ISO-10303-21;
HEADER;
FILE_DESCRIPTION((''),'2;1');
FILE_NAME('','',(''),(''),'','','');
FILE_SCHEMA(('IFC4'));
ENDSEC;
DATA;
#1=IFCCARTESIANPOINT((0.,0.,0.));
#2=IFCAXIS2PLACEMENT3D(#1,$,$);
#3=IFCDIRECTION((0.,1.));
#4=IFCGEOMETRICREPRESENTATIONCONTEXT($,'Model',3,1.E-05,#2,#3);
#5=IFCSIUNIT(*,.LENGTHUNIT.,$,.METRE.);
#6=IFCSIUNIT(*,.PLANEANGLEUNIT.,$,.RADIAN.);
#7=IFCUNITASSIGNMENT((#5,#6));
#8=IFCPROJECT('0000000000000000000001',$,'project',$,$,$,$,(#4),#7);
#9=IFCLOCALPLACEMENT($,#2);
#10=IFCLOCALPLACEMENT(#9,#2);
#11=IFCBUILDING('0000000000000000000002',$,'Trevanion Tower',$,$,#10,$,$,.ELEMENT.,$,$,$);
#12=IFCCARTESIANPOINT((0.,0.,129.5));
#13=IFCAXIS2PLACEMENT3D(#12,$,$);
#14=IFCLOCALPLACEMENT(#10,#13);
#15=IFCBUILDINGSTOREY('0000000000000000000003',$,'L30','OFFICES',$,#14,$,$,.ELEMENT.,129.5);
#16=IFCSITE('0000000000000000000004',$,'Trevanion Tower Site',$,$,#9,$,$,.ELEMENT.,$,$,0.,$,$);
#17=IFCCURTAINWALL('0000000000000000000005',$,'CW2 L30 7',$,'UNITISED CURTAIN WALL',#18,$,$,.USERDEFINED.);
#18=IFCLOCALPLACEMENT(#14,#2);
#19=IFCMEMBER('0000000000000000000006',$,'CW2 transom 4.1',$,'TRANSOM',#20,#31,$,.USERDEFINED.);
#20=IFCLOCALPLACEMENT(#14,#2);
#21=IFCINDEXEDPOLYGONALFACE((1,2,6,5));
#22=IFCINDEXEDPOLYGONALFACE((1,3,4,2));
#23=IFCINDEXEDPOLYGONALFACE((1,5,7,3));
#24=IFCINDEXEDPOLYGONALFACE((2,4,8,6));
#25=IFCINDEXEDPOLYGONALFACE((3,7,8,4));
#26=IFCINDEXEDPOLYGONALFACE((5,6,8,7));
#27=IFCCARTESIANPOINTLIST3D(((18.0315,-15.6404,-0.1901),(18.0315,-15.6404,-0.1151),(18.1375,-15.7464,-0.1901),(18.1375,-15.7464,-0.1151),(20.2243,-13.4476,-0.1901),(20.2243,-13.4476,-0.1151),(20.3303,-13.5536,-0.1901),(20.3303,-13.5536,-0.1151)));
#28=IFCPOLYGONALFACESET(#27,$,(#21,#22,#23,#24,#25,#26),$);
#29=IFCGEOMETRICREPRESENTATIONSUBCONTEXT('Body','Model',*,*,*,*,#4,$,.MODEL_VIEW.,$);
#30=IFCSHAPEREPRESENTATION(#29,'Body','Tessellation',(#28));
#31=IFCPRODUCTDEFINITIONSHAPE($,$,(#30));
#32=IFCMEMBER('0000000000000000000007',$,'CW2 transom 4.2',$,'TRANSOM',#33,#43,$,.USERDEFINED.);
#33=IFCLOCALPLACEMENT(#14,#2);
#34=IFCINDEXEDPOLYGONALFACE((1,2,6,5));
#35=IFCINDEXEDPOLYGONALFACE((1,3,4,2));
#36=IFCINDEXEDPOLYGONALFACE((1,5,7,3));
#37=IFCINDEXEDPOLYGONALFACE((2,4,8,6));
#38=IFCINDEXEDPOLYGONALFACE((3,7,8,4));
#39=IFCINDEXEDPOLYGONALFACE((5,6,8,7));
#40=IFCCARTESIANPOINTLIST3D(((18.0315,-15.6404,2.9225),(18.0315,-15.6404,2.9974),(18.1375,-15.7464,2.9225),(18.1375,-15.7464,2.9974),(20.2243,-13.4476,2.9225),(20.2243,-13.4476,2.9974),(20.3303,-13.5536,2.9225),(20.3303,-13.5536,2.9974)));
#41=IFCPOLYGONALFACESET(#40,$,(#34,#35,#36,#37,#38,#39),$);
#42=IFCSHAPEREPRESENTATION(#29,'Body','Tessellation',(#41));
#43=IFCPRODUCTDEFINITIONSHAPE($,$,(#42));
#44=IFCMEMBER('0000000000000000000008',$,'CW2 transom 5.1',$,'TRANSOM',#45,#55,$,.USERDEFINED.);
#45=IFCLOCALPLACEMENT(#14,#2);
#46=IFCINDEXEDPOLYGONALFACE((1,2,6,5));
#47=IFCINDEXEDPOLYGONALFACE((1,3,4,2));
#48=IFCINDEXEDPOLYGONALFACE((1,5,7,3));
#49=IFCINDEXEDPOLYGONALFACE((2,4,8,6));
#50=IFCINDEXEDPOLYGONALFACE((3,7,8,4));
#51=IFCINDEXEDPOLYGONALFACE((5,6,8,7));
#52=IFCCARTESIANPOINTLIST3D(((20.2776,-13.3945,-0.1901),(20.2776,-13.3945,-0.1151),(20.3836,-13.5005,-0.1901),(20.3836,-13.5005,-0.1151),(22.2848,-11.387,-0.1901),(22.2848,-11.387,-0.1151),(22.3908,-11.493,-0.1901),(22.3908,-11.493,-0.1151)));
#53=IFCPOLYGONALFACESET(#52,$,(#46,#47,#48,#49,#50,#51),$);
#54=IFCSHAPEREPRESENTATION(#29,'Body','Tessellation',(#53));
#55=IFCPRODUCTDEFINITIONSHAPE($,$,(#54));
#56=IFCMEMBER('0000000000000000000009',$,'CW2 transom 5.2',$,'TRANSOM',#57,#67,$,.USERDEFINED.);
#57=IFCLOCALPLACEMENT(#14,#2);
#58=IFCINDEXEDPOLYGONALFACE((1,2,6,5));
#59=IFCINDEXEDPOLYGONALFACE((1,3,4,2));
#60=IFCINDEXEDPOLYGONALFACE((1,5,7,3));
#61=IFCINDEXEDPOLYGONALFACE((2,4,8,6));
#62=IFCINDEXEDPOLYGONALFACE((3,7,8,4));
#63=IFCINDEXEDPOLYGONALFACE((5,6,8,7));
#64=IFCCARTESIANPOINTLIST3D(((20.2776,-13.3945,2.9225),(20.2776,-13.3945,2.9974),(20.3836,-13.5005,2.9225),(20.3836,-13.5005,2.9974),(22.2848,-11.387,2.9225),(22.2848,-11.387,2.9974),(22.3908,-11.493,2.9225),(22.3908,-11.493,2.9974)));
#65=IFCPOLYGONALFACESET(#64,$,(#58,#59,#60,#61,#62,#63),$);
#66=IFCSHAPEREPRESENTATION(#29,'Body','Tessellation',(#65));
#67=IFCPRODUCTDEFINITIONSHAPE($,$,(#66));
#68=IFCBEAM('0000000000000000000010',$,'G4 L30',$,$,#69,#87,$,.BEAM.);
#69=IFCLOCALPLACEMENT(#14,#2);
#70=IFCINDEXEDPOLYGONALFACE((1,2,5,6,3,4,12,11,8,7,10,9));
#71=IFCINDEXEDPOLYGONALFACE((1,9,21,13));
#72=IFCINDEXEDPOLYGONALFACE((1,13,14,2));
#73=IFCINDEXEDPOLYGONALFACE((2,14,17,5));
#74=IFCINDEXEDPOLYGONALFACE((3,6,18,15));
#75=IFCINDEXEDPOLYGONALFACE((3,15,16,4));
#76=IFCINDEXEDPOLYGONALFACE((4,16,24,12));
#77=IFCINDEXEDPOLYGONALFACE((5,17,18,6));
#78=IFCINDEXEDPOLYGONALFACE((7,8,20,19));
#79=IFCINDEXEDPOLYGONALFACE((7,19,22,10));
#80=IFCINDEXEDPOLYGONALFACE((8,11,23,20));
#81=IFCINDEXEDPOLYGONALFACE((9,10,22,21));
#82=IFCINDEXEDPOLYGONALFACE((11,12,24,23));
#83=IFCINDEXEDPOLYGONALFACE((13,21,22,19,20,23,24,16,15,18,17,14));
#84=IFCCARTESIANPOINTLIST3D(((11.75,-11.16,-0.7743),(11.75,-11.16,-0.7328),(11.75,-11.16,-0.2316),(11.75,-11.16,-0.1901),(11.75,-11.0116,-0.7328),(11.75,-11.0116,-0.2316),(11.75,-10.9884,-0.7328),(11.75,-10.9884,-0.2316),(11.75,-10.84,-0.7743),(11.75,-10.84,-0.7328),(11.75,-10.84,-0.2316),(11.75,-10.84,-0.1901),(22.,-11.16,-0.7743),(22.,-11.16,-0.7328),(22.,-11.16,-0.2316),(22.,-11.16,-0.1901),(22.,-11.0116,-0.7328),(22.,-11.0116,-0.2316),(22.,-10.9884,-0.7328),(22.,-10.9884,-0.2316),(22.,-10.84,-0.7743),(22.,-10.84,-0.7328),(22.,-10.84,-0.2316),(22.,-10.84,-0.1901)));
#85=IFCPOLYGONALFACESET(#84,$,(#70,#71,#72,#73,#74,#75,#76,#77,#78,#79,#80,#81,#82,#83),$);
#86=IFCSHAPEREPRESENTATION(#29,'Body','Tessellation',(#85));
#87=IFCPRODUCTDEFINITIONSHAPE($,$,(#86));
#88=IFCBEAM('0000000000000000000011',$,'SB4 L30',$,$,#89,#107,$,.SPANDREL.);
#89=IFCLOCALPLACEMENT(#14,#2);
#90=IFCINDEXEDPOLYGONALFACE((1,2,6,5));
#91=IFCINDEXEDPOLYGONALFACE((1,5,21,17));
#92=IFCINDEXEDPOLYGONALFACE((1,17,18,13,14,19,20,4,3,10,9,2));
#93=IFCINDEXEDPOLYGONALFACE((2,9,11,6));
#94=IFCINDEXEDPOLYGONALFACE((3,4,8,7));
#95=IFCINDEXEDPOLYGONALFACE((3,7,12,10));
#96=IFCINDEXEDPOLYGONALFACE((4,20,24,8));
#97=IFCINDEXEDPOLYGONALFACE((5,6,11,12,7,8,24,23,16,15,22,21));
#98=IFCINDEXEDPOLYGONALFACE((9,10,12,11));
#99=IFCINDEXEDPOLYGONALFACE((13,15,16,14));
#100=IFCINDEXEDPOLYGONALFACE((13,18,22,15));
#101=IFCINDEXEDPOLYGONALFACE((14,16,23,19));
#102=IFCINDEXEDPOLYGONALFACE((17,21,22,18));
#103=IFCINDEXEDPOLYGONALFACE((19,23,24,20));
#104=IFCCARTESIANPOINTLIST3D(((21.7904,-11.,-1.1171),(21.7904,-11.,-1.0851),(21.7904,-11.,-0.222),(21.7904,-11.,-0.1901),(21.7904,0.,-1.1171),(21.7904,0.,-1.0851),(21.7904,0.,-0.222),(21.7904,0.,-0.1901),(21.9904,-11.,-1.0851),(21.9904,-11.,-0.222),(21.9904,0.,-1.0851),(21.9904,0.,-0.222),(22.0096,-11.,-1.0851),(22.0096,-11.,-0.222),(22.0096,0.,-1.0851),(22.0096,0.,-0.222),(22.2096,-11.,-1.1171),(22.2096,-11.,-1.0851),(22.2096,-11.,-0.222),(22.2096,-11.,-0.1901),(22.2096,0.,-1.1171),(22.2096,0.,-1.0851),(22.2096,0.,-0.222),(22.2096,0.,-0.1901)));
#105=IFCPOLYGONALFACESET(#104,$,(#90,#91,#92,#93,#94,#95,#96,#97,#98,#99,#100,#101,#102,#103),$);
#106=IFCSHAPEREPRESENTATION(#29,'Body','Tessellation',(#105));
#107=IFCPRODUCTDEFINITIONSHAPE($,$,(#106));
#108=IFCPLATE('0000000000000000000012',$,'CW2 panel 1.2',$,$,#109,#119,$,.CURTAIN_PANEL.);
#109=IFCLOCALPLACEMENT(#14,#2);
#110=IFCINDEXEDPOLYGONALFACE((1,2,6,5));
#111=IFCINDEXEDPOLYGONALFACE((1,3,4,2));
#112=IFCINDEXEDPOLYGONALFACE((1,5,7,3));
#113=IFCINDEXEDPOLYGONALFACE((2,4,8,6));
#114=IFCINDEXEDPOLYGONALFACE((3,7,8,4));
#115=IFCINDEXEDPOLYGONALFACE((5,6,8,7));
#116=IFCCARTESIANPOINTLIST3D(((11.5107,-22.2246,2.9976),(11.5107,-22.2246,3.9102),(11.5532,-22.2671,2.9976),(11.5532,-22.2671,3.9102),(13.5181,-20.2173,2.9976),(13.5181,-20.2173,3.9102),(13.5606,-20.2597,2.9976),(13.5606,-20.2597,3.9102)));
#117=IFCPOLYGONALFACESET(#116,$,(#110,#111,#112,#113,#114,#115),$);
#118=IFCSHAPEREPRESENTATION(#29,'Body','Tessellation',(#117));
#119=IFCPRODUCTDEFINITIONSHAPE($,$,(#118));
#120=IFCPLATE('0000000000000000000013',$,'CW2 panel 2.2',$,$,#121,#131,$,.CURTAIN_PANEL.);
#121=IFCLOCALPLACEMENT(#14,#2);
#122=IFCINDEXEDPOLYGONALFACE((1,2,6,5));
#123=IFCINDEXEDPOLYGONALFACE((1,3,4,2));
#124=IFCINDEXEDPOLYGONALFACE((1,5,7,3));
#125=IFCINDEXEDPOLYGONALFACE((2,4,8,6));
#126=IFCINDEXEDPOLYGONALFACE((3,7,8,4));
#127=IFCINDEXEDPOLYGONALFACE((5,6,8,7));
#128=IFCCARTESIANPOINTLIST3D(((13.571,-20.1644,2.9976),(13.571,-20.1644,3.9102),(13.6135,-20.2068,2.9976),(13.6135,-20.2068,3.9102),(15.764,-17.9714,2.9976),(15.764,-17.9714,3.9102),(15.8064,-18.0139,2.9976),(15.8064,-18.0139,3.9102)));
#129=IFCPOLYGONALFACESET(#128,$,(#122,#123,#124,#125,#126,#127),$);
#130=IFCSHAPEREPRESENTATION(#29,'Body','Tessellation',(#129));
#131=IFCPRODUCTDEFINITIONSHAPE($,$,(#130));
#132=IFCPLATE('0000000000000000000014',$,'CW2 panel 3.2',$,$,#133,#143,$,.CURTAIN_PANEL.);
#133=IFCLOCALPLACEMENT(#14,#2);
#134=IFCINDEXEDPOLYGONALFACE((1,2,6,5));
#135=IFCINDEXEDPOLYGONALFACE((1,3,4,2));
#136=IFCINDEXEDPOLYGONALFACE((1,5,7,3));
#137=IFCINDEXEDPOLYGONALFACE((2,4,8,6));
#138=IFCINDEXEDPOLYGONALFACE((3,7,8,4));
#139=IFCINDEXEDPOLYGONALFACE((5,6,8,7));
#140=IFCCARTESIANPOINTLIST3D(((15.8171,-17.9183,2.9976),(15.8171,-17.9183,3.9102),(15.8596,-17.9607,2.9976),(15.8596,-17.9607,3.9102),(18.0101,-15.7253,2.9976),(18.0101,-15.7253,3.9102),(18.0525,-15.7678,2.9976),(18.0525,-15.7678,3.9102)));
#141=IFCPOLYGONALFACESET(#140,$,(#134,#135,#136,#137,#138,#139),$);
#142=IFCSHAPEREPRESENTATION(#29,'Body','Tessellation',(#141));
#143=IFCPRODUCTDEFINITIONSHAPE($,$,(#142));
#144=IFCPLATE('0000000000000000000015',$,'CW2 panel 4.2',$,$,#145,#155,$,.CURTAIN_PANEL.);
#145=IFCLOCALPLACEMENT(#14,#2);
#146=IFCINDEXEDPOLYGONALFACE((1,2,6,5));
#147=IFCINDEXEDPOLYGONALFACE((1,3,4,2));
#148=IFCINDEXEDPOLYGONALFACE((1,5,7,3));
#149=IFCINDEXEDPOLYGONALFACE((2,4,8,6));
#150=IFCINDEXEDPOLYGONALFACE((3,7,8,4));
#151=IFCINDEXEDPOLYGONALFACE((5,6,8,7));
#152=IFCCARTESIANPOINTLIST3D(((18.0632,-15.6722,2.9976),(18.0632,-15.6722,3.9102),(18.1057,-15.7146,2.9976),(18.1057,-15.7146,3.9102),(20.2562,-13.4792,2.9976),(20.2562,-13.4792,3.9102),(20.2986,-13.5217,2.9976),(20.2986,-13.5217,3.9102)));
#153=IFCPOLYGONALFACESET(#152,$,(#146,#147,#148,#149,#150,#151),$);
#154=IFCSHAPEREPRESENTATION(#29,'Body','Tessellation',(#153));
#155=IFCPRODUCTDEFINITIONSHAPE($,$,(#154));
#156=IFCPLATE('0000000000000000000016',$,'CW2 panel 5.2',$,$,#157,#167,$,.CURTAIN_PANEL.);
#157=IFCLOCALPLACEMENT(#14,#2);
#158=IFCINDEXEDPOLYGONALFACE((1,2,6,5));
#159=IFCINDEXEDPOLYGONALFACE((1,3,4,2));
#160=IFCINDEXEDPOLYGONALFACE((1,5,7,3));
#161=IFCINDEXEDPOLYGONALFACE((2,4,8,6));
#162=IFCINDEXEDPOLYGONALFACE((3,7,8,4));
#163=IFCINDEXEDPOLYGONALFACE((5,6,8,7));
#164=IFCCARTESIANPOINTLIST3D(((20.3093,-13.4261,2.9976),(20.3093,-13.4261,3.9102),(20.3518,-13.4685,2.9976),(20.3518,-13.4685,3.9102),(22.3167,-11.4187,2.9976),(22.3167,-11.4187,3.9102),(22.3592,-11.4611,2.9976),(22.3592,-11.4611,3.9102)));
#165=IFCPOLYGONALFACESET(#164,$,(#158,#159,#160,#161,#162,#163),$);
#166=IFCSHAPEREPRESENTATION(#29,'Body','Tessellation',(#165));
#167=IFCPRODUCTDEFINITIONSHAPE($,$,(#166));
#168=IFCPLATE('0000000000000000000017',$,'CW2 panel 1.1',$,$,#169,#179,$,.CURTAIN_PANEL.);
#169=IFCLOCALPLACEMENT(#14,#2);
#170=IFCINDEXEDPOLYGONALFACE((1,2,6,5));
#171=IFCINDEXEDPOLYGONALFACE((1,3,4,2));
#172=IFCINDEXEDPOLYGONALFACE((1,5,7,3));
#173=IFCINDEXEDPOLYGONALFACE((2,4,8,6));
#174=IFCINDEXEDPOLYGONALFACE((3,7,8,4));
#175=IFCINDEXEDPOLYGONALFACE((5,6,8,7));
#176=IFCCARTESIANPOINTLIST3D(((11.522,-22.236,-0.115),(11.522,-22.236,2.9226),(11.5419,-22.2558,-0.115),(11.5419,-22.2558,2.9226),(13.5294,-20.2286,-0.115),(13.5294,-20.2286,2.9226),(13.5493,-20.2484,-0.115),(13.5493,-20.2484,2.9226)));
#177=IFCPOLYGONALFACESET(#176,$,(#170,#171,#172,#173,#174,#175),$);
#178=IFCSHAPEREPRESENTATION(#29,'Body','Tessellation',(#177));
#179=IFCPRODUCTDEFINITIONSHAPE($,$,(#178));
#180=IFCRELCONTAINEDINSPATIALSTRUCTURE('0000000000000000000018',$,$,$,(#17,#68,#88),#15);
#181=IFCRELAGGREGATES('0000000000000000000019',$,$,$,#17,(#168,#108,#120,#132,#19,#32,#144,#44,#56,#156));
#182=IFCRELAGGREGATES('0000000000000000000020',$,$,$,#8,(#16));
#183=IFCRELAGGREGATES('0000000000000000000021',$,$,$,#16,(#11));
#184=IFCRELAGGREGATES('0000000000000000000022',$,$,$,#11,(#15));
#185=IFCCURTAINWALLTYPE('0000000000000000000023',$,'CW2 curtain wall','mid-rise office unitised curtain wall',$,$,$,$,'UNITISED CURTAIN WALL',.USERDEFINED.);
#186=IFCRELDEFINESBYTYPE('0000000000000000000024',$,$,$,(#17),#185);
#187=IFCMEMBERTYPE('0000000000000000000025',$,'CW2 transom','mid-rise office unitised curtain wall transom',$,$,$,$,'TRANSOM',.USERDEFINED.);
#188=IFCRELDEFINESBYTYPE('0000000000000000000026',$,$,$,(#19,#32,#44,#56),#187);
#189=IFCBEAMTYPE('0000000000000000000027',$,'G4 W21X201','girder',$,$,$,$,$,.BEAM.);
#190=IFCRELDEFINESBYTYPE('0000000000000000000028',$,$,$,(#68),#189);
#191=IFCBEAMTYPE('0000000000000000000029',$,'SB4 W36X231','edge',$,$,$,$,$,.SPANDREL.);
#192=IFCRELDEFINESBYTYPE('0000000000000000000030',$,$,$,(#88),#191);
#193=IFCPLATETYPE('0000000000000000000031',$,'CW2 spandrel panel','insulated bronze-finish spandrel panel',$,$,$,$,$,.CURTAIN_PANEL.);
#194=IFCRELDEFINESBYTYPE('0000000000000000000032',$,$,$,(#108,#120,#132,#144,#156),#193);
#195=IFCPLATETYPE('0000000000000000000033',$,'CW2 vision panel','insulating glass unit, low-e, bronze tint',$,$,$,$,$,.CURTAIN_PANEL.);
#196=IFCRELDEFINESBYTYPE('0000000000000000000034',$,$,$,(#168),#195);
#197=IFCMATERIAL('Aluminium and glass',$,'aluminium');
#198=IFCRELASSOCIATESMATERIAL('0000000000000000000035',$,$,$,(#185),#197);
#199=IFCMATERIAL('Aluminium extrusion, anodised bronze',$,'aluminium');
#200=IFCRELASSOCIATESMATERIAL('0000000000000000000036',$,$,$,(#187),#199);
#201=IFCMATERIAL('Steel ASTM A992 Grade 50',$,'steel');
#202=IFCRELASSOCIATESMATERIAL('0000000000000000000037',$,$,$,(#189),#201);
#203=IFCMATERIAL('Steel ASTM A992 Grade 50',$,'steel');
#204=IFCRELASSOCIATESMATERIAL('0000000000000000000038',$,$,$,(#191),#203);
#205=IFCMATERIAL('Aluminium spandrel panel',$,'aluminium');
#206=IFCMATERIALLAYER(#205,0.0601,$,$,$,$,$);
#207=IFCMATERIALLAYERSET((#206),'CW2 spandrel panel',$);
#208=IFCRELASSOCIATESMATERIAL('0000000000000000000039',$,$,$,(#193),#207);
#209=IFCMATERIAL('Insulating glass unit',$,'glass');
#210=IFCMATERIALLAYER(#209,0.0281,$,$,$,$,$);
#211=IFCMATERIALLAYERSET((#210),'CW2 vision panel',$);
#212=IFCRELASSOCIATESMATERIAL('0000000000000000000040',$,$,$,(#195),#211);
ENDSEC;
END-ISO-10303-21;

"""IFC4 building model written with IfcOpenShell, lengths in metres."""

from ifc_helpers import new_model, si_unit, direction, frame, origin, origin_2d, place, context, subcontext, project, spatial, rectangle, i_section, extrude, material, layer, layer_set, material_profile, profile_set, type_object, element, aggregate, save


model = new_model("IFC4")

# Units and contexts
model_context = context("Model", 3, precision=1e-05, world=origin(), true_north=direction((0.0, 1.0)))
body_context = subcontext(model_context, "Body", "Model", "MODEL_VIEW")
ifc_project = project(units=[si_unit("LENGTHUNIT", "METRE"), si_unit("PLANEANGLEUNIT", "RADIAN")], contexts=[model_context])

# Site, building, storey
site_placement = place(None, origin())
site = spatial("IfcSite", under=ifc_project, at=site_placement, Name="Trevanion Tower Site", CompositionType="ELEMENT", RefElevation=0.0)
building_placement = place(site_placement, origin())
building = spatial("IfcBuilding", under=site, at=building_placement, Name="Trevanion Tower", CompositionType="ELEMENT")
storey_placement = place(building_placement, frame((0.0, 0.0, 129.5)))
storey = spatial("IfcBuildingStorey", under=building, at=storey_placement, Name="L30", Description="OFFICES", CompositionType="ELEMENT", Elevation=129.5)

# Curtain wall, members
ifc_material_1 = material(Name="Aluminium and glass", Category="aluminium")
curtain_wall_type = type_object("IfcCurtainWallType", Name="CW2 curtain wall", Description="mid-rise office unitised curtain wall", ElementType="UNITISED CURTAIN WALL", PredefinedType="USERDEFINED", material=ifc_material_1)
curtain_wall_placement = place(storey_placement, origin())
curtain_wall = element("IfcCurtainWall", 1, at=curtain_wall_placement, inside=storey, type_object=curtain_wall_type, Name="CW2 L30 7", ObjectType="UNITISED CURTAIN WALL", PredefinedType="USERDEFINED")
ifc_material_2 = material(Name="Aluminium extrusion, anodised bronze", Category="aluminium")
ifc_material_profile_1 = material_profile(ifc_material_2, rectangle(XDim=0.1499, YDim=0.075, at=origin_2d()), Name="CW2 transom")
ifc_profile_set_1 = profile_set([ifc_material_profile_1], Name="Aluminium extrusion, anodised bronze")
member_type_1 = type_object("IfcMemberType", Name="CW2 transom", Description="mid-rise office unitised curtain wall transom", ElementType="TRANSOM", PredefinedType="USERDEFINED", material=ifc_profile_set_1)
member_1_placement = place(storey_placement, frame((18.0845, -15.6934, -0.1526), z_axis=(0.707107, 0.707107, 0.0), x_axis=(-0.707107, 0.707107, 0.0)))
member_1 = element("IfcMember", 2, at=member_1_placement, type_object=member_type_1, Name="CW2 transom 4.1", ObjectType="TRANSOM", PredefinedType="USERDEFINED", context=body_context, shape_type="SweptSolid", body=[
    extrude(rectangle(XDim=0.1499, YDim=0.075, at=origin_2d()), origin(), (0.0, 0.0, 1.0), 3.1011),
])
member_2_placement = place(storey_placement, frame((18.0845, -15.6934, 2.96), z_axis=(0.707107, 0.707107, 0.0), x_axis=(-0.707107, 0.707107, 0.0)))
member_2 = element("IfcMember", 3, at=member_2_placement, type_object=member_type_1, Name="CW2 transom 4.2", ObjectType="TRANSOM", PredefinedType="USERDEFINED", context=body_context, shape_type="SweptSolid", body=[
    extrude(rectangle(XDim=0.1499, YDim=0.075, at=origin_2d()), origin(), (0.0, 0.0, 1.0), 3.1011),
])
member_3_placement = place(storey_placement, frame((20.3306, -13.4475, -0.1526), z_axis=(0.707064, 0.70715, 0.0), x_axis=(-0.70715, 0.707064, 0.0)))
member_3 = element("IfcMember", 4, at=member_3_placement, type_object=member_type_1, Name="CW2 transom 5.1", ObjectType="TRANSOM", PredefinedType="USERDEFINED", context=body_context, shape_type="SweptSolid", body=[
    extrude(rectangle(XDim=0.1499, YDim=0.075, at=origin_2d()), origin(), (0.0, 0.0, 1.0), 2.8389),
])
member_4_placement = place(storey_placement, frame((20.3306, -13.4475, 2.96), z_axis=(0.707064, 0.70715, 0.0), x_axis=(-0.70715, 0.707064, 0.0)))
member_4 = element("IfcMember", 5, at=member_4_placement, type_object=member_type_1, Name="CW2 transom 5.2", ObjectType="TRANSOM", PredefinedType="USERDEFINED", context=body_context, shape_type="SweptSolid", body=[
    extrude(rectangle(XDim=0.1499, YDim=0.075, at=origin_2d()), origin(), (0.0, 0.0, 1.0), 2.8389),
])

# Beams
ifc_material_3 = material(Name="Steel ASTM A992 Grade 50", Category="steel")
ifc_material_profile_2 = material_profile(ifc_material_3, i_section(OverallWidth=0.3201, OverallDepth=0.5842, WebThickness=0.0232, FlangeThickness=0.0415, at=origin_2d()), Name="W21X201")
ifc_profile_set_2 = profile_set([ifc_material_profile_2], Name="Steel ASTM A992 Grade 50")
beam_type_1 = type_object("IfcBeamType", Name="G4 W21X201", Description="girder", PredefinedType="BEAM", material=ifc_profile_set_2)
beam_1_placement = place(storey_placement, frame((11.75, -11.0, -0.4822), z_axis=(1.0, 0.0, 0.0), x_axis=(0.0, 1.0, 0.0)))
element("IfcBeam", 6, at=beam_1_placement, inside=storey, type_object=beam_type_1, Name="G4 L30", PredefinedType="BEAM", context=body_context, shape_type="SweptSolid", body=[
    extrude(i_section(OverallWidth=0.3201, OverallDepth=0.5842, WebThickness=0.0232, FlangeThickness=0.0415, at=origin_2d()), origin(), (0.0, 0.0, 1.0), 10.25),
])
ifc_material_4 = material(Name="Steel ASTM A992 Grade 50", Category="steel")
ifc_material_profile_3 = material_profile(ifc_material_4, i_section(OverallWidth=0.4192, OverallDepth=0.927, WebThickness=0.0193, FlangeThickness=0.032, at=origin_2d()), Name="W36X231")
ifc_profile_set_3 = profile_set([ifc_material_profile_3], Name="Steel ASTM A992 Grade 50")
beam_type_2 = type_object("IfcBeamType", Name="SB4 W36X231", Description="edge", PredefinedType="SPANDREL", material=ifc_profile_set_3)
beam_2_placement = place(storey_placement, frame((22.0, -11.0, -0.6536), z_axis=(0.0, 1.0, 0.0), x_axis=(-1.0, 0.0, 0.0)))
element("IfcBeam", 7, at=beam_2_placement, inside=storey, type_object=beam_type_2, Name="SB4 L30", PredefinedType="SPANDREL", context=body_context, shape_type="SweptSolid", body=[
    extrude(i_section(OverallWidth=0.4192, OverallDepth=0.927, WebThickness=0.0193, FlangeThickness=0.032, at=origin_2d()), origin(), (0.0, 0.0, 1.0), 11.0),
])

# Plates
ifc_material_5 = material(Name="Aluminium spandrel panel", Category="aluminium")
ifc_layer_1 = layer(ifc_material_5, 0.0601)
ifc_layer_set_1 = layer_set([ifc_layer_1], Name="CW2 spandrel panel")
plate_type_1 = type_object("IfcPlateType", Name="CW2 spandrel panel", Description="insulated bronze-finish spandrel panel", PredefinedType="CURTAIN_PANEL", material=ifc_layer_set_1)
plate_1_placement = place(storey_placement, frame((12.5356, -21.2422, 2.9976), z_axis=(0.0, 0.0, 1.0), x_axis=(0.707107, 0.707107, 0.0)))
plate_1 = element("IfcPlate", 8, at=plate_1_placement, type_object=plate_type_1, Name="CW2 panel 1.2", PredefinedType="CURTAIN_PANEL", context=body_context, shape_type="SweptSolid", body=[
    extrude(rectangle(XDim=2.8389, YDim=0.0601, at=origin_2d()), origin(), (0.0, 0.0, 1.0), 0.9126),
])
plate_2_placement = place(storey_placement, frame((14.6887, -19.0891, 2.9976), z_axis=(0.0, 0.0, 1.0), x_axis=(0.707107, 0.707107, 0.0)))
plate_2 = element("IfcPlate", 9, at=plate_2_placement, type_object=plate_type_1, Name="CW2 panel 2.2", PredefinedType="CURTAIN_PANEL", context=body_context, shape_type="SweptSolid", body=[
    extrude(rectangle(XDim=3.1013, YDim=0.0601, at=origin_2d()), origin(), (0.0, 0.0, 1.0), 0.9126),
])
plate_3_placement = place(storey_placement, frame((16.9348, -16.843, 2.9976), z_axis=(0.0, 0.0, 1.0), x_axis=(0.707107, 0.707107, 0.0)))
plate_3 = element("IfcPlate", 10, at=plate_3_placement, type_object=plate_type_1, Name="CW2 panel 3.2", PredefinedType="CURTAIN_PANEL", context=body_context, shape_type="SweptSolid", body=[
    extrude(rectangle(XDim=3.1013, YDim=0.0601, at=origin_2d()), origin(), (0.0, 0.0, 1.0), 0.9126),
])
plate_4_placement = place(storey_placement, frame((19.1809, -14.5969, 2.9976), z_axis=(0.0, 0.0, 1.0), x_axis=(0.707107, 0.707107, 0.0)))
plate_4 = element("IfcPlate", 11, at=plate_4_placement, type_object=plate_type_1, Name="CW2 panel 4.2", PredefinedType="CURTAIN_PANEL", context=body_context, shape_type="SweptSolid", body=[
    extrude(rectangle(XDim=3.1013, YDim=0.0601, at=origin_2d()), origin(), (0.0, 0.0, 1.0), 0.9126),
])
plate_5_placement = place(storey_placement, frame((21.3342, -12.4436, 2.9976), z_axis=(0.0, 0.0, 1.0), x_axis=(0.707107, 0.707107, 0.0)))
plate_5 = element("IfcPlate", 12, at=plate_5_placement, type_object=plate_type_1, Name="CW2 panel 5.2", PredefinedType="CURTAIN_PANEL", context=body_context, shape_type="SweptSolid", body=[
    extrude(rectangle(XDim=2.8389, YDim=0.0601, at=origin_2d()), origin(), (0.0, 0.0, 1.0), 0.9126),
])
ifc_material_6 = material(Name="Insulating glass unit", Category="glass")
ifc_layer_2 = layer(ifc_material_6, 0.0281)
ifc_layer_set_2 = layer_set([ifc_layer_2], Name="CW2 vision panel")
plate_type_2 = type_object("IfcPlateType", Name="CW2 vision panel", Description="insulating glass unit, low-e, bronze tint", PredefinedType="CURTAIN_PANEL", material=ifc_layer_set_2)
plate_6_placement = place(storey_placement, frame((12.5356, -21.2422, -0.115), z_axis=(0.0, 0.0, 1.0), x_axis=(0.707107, 0.707107, 0.0)))
plate_6 = element("IfcPlate", 13, at=plate_6_placement, type_object=plate_type_2, Name="CW2 panel 1.1", PredefinedType="CURTAIN_PANEL", context=body_context, shape_type="SweptSolid", body=[
    extrude(rectangle(XDim=2.8389, YDim=0.0281, at=origin_2d()), origin(), (0.0, 0.0, 1.0), 3.0376),
])
aggregate(curtain_wall, [plate_6, plate_1, plate_2, plate_3, member_1, member_2, plate_4, member_3, member_4, plate_5])

save(model, "model.ifc")
